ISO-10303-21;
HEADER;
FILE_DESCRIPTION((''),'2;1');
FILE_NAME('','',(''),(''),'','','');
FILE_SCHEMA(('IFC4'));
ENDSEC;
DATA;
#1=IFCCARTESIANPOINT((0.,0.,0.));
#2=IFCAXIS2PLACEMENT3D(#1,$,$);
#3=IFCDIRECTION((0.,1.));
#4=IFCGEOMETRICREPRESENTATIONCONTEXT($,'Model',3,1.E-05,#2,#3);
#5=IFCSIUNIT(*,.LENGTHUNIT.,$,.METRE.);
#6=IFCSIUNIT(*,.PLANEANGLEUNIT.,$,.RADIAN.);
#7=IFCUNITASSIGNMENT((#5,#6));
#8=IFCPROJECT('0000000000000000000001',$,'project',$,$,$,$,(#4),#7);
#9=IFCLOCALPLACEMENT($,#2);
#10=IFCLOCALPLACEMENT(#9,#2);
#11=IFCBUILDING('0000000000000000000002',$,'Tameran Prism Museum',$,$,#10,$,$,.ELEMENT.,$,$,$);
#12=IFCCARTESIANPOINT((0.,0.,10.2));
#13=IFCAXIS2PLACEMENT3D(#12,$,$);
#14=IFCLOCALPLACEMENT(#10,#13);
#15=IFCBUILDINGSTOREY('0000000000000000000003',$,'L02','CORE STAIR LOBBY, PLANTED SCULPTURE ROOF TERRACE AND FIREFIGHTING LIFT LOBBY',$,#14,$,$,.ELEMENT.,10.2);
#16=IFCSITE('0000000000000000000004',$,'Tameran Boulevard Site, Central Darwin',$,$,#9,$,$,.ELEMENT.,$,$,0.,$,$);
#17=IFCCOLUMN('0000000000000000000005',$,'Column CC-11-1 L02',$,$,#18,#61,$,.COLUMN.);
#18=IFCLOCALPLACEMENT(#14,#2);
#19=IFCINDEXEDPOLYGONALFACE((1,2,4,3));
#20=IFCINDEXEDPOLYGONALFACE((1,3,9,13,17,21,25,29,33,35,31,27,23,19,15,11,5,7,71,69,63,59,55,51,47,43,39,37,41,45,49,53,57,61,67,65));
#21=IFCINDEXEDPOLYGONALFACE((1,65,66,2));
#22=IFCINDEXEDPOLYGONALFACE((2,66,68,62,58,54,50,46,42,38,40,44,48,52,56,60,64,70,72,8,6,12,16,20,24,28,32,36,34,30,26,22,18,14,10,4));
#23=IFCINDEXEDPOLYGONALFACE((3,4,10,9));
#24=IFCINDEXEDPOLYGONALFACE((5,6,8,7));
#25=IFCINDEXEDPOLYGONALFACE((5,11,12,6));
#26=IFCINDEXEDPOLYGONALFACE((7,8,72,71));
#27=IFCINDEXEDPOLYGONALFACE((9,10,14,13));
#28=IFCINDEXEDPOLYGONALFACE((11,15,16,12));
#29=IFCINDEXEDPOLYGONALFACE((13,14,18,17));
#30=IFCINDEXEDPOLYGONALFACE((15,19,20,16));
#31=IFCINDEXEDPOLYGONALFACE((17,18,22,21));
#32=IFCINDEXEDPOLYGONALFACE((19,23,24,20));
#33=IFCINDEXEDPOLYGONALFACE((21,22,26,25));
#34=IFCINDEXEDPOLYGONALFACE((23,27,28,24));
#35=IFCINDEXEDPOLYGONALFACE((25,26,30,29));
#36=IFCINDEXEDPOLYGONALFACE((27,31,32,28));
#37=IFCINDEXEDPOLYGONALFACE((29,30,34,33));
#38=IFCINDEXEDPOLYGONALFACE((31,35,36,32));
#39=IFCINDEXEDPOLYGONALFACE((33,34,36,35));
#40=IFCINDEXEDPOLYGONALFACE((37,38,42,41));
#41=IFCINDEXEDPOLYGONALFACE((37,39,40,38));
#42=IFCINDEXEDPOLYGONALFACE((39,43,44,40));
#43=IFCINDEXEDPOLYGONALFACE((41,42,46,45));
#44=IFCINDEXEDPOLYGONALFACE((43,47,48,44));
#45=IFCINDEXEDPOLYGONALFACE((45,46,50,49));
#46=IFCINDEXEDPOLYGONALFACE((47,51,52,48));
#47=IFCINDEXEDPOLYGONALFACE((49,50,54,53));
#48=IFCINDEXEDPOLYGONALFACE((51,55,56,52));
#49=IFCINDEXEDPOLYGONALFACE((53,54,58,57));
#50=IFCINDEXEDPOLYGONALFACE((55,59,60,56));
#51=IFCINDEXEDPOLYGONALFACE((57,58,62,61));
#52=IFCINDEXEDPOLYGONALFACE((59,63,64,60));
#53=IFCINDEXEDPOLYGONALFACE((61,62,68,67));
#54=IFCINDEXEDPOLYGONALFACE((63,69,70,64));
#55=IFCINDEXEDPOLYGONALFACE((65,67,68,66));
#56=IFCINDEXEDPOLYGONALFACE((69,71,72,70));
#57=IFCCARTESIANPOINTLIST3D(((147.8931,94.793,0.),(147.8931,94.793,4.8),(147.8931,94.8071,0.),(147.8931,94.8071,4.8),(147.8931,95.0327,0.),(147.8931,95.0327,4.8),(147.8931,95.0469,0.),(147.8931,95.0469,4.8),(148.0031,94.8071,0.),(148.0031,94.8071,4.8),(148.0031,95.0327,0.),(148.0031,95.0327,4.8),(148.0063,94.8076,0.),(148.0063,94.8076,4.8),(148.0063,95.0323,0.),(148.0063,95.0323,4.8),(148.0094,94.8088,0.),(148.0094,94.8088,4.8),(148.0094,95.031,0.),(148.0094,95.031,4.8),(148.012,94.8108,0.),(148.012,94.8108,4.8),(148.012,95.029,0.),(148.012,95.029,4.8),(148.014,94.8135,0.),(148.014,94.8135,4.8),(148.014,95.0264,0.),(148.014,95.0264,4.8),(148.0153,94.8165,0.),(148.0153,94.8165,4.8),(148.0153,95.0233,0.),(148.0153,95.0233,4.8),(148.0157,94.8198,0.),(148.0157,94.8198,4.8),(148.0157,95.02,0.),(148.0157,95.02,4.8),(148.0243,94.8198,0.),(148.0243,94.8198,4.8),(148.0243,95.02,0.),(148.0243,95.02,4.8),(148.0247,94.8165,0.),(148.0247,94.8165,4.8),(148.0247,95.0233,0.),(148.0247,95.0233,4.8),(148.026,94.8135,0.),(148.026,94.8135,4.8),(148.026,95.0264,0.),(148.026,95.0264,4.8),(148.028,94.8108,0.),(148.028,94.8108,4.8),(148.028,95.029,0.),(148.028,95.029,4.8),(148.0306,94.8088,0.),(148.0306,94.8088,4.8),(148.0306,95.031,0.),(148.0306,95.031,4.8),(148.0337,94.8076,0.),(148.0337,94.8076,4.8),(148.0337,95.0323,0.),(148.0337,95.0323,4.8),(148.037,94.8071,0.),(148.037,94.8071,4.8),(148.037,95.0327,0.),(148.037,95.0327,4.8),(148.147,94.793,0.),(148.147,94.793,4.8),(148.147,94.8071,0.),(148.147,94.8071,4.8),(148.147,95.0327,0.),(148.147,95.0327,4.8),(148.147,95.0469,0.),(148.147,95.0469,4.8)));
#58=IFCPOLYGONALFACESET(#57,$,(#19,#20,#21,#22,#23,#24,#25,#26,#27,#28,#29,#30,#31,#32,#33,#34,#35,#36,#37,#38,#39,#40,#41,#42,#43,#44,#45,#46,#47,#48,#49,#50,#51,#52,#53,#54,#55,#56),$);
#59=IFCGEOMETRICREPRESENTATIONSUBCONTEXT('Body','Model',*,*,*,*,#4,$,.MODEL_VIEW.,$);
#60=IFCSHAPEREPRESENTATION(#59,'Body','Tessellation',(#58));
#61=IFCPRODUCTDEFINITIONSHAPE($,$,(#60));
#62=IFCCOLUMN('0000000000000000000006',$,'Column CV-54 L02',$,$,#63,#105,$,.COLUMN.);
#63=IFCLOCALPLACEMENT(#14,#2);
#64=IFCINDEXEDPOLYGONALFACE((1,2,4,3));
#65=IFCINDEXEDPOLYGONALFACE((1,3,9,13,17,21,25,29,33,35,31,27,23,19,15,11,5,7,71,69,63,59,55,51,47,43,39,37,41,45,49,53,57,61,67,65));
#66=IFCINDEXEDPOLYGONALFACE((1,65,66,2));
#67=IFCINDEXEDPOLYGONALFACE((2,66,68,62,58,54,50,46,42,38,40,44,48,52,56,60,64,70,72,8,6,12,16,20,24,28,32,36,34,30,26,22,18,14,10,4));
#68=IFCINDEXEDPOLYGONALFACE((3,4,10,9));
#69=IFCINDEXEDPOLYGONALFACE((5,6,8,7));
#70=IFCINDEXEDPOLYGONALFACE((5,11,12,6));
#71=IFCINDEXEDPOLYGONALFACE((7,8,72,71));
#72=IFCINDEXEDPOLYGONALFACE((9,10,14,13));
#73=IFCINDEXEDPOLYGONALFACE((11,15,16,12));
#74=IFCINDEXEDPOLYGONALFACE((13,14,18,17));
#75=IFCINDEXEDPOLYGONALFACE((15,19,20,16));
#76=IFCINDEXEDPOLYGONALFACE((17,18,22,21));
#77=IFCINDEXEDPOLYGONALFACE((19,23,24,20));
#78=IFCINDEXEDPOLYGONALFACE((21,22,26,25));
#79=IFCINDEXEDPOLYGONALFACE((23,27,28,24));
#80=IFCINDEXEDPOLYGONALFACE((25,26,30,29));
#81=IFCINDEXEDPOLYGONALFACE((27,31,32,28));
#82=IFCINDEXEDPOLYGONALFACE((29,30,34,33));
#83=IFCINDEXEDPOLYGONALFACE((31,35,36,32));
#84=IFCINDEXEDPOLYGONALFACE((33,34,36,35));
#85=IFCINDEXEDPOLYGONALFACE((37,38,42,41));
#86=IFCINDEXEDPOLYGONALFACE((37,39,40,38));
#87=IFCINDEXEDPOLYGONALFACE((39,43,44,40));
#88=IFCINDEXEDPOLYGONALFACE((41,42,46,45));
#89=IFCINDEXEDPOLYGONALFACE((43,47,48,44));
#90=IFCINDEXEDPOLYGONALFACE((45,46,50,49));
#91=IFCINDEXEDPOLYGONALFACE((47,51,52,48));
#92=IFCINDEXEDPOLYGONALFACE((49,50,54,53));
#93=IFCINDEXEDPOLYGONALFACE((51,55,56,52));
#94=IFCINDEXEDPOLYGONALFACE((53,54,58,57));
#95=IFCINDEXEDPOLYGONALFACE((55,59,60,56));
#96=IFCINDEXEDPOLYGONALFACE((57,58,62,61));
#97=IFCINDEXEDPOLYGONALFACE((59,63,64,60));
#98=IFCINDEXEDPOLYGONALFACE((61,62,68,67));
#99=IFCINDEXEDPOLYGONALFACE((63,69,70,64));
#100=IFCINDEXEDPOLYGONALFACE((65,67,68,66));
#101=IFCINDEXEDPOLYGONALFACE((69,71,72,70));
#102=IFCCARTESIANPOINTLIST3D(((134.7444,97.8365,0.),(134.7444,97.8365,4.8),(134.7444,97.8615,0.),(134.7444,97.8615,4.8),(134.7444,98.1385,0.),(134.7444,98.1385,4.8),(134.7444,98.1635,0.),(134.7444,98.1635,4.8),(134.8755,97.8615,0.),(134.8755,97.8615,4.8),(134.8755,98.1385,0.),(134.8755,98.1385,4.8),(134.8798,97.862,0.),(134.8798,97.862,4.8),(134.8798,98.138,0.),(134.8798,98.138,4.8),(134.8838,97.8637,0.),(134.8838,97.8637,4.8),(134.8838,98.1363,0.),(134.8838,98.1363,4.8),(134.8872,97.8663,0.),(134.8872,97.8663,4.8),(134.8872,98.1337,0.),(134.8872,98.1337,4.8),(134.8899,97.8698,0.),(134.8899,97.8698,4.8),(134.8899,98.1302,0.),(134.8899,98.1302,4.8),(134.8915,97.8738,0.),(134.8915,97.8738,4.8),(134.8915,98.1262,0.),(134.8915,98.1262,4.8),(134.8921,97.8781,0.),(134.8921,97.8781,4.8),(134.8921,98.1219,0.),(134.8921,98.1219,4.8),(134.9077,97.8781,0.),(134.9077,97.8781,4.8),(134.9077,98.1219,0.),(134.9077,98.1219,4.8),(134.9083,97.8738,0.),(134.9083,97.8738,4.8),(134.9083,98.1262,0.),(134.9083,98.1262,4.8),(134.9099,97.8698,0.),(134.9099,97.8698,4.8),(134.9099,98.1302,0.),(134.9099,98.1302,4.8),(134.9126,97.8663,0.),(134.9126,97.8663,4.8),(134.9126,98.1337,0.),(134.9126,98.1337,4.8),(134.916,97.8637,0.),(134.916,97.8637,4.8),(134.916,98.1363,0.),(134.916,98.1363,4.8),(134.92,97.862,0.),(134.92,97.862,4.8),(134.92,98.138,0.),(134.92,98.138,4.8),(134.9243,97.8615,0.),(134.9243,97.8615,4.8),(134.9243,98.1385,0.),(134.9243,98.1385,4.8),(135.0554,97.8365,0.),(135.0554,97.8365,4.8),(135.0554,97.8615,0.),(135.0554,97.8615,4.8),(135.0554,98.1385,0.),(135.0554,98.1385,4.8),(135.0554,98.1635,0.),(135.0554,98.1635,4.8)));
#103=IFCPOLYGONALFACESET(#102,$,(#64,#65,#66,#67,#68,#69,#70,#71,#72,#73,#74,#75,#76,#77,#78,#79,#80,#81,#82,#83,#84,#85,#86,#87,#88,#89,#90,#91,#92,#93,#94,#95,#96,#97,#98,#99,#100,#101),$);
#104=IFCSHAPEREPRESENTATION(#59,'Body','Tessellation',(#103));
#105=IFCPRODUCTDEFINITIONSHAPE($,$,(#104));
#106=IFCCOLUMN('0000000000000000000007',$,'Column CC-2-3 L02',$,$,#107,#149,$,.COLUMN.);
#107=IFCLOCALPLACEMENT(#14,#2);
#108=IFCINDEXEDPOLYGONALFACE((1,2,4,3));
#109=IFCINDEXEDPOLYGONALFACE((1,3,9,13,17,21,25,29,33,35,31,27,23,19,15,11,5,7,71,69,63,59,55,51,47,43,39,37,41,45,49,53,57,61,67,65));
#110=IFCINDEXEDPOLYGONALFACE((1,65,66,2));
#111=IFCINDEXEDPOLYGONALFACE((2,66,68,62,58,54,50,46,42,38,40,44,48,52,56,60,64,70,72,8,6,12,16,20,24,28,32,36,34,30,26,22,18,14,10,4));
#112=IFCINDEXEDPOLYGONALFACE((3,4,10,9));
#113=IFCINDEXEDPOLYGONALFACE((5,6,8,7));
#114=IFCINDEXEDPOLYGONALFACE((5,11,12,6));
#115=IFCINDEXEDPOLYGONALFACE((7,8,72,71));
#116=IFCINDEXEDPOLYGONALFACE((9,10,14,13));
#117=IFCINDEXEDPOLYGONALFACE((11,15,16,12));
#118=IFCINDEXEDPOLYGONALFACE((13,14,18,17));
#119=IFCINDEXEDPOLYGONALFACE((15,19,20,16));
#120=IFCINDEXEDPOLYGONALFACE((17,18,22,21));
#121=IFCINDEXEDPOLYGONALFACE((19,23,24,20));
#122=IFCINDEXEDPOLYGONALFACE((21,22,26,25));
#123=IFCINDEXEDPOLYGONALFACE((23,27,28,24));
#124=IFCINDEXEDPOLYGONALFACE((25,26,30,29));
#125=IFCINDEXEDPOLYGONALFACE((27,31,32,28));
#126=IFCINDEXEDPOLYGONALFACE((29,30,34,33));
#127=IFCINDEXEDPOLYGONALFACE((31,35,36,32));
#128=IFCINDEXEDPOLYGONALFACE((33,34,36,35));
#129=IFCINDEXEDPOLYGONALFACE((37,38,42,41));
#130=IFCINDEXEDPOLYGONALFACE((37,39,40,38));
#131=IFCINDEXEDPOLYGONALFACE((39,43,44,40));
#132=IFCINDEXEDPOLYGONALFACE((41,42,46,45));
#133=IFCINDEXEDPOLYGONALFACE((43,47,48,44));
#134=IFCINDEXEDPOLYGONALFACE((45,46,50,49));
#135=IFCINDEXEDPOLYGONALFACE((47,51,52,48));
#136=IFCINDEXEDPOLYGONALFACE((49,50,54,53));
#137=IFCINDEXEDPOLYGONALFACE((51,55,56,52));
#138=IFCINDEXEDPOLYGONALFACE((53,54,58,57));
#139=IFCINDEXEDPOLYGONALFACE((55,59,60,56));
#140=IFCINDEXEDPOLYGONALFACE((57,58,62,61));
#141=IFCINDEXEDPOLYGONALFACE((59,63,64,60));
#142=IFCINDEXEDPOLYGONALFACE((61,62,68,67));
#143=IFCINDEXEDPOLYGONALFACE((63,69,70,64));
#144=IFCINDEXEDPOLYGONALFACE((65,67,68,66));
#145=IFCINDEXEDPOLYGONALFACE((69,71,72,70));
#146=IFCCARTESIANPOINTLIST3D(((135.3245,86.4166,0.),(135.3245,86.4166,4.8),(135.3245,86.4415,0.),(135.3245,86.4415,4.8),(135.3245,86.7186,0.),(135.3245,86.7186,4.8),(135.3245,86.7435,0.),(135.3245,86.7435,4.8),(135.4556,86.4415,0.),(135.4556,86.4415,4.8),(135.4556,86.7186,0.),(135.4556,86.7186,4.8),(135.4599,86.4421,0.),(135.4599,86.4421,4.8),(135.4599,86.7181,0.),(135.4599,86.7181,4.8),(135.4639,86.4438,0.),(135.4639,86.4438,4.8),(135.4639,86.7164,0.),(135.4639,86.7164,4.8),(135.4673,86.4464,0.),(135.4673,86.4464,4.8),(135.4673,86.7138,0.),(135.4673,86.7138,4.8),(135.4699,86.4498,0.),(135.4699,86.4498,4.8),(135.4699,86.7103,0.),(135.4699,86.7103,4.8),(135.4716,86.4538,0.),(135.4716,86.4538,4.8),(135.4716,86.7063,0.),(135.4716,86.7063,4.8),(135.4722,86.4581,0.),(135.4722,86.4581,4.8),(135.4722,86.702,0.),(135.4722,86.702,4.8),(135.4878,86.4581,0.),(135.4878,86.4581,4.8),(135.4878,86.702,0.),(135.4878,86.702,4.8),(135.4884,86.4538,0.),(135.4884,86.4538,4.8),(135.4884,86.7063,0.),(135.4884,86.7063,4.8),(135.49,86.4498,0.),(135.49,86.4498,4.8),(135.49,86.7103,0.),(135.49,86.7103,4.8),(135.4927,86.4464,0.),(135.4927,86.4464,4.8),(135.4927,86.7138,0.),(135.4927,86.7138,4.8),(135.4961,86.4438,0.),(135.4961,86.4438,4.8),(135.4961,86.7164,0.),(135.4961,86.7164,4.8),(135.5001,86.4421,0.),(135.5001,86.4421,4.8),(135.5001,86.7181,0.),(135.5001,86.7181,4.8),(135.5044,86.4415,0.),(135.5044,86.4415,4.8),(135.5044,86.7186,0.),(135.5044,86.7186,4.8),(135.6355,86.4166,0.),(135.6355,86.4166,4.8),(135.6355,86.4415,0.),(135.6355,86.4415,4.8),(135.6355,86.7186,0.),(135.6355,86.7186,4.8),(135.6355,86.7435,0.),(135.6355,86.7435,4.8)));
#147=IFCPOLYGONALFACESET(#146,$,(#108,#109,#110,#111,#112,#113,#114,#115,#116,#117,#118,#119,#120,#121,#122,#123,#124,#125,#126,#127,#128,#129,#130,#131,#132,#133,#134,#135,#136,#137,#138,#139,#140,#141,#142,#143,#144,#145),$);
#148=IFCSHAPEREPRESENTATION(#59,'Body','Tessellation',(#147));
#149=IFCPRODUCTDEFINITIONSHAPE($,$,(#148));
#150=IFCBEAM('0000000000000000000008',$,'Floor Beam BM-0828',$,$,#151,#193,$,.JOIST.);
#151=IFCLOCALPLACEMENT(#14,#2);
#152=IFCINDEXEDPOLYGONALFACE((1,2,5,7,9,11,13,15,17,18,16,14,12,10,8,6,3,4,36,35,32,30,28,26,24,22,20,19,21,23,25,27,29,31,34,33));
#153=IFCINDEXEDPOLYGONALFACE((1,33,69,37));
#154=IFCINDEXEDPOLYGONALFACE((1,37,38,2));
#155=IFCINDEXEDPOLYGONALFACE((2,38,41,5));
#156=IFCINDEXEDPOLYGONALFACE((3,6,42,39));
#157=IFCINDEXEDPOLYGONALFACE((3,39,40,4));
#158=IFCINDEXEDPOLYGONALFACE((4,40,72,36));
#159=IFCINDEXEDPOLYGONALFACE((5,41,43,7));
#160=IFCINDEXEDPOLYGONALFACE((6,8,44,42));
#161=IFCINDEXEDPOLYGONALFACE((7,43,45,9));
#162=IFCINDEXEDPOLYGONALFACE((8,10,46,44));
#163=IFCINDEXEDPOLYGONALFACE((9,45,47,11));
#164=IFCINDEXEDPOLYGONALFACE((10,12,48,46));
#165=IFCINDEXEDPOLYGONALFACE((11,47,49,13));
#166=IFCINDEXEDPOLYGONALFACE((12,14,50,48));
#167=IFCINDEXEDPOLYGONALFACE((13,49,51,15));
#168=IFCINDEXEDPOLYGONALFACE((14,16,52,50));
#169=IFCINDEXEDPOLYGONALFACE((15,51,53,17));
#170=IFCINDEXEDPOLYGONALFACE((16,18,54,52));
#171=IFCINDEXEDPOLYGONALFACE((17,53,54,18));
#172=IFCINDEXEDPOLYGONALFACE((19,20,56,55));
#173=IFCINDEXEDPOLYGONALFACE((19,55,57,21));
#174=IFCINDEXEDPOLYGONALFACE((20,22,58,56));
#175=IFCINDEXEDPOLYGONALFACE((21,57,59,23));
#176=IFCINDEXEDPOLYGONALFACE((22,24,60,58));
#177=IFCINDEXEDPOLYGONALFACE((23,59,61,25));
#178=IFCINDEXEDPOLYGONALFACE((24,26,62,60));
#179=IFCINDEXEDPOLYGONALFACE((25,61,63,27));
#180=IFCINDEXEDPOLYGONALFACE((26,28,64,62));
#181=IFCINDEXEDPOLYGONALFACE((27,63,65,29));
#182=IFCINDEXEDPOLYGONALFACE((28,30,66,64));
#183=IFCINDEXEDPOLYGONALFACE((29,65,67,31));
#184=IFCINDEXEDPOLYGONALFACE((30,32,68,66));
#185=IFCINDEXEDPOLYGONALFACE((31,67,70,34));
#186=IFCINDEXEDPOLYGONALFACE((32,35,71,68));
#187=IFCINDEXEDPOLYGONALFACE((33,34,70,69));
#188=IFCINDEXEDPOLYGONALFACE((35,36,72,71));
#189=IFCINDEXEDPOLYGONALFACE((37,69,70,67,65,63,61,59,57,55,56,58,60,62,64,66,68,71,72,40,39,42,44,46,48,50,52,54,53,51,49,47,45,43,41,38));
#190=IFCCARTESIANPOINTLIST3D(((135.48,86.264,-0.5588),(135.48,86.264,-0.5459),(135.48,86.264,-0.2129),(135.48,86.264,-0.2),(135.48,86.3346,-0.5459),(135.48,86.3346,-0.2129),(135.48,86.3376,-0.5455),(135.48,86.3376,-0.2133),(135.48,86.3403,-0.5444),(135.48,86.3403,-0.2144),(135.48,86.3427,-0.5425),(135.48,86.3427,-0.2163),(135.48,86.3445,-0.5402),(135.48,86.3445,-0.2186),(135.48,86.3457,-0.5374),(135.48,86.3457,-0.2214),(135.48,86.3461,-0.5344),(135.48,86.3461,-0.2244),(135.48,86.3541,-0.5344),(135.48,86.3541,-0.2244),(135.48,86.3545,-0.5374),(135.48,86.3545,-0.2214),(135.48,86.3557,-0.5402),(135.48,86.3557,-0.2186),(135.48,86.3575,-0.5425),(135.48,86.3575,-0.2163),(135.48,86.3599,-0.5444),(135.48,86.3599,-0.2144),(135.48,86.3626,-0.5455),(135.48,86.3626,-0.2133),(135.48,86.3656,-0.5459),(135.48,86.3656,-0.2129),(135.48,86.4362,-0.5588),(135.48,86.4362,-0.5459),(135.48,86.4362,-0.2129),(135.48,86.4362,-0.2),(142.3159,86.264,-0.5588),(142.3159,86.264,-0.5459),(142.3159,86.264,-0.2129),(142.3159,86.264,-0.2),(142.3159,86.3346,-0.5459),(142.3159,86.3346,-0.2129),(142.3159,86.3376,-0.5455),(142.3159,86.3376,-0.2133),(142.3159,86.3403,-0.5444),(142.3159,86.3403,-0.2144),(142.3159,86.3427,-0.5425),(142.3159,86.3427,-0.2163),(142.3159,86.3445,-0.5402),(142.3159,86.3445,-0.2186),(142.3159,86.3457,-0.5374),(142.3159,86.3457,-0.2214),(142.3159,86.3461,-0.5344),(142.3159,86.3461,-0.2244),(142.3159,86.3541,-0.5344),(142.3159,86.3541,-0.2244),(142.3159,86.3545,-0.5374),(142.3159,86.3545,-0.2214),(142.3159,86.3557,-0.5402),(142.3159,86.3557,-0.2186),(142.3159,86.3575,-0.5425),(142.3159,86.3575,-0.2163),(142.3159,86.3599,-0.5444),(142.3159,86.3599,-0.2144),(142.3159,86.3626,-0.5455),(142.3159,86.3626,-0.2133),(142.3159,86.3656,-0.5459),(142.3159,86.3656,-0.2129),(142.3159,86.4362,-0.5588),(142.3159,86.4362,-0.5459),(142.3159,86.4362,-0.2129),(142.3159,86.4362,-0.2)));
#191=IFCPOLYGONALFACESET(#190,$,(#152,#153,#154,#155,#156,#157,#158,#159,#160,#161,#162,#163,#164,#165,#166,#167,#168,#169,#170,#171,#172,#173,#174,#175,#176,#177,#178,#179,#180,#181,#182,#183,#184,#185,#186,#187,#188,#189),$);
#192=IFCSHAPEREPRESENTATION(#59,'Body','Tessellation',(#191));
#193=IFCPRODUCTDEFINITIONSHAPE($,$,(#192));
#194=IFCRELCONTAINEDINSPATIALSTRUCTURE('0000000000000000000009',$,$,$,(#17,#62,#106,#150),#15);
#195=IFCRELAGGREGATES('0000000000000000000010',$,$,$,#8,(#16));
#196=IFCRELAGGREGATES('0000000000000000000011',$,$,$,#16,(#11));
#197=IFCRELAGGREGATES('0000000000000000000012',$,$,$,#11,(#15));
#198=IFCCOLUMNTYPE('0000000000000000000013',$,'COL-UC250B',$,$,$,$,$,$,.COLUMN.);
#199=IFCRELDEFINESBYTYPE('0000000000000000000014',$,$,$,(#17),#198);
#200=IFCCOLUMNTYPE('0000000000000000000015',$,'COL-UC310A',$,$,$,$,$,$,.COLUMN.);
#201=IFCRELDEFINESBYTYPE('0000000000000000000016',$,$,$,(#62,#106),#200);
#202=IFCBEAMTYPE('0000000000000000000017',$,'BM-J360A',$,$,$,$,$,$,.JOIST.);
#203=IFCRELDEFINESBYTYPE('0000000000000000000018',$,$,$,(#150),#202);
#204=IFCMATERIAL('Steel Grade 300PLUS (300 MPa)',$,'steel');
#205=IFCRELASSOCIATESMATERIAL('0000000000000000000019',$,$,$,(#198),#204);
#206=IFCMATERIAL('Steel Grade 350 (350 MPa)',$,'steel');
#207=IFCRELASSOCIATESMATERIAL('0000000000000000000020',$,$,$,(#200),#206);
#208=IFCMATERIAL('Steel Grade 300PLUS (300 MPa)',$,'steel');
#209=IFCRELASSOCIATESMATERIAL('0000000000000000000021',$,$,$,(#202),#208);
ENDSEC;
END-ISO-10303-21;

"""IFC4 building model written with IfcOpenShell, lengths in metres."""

from ifc_helpers import new_model, si_unit, direction, frame, origin, origin_2d, place, context, subcontext, project, spatial, i_section, extrude, material, material_profile, profile_set, type_object, element, save


model = new_model("IFC4")

# Units and contexts
model_context = context("Model", 3, precision=1e-05, world=origin(), true_north=direction((0.0, 1.0)))
body_context = subcontext(model_context, "Body", "Model", "MODEL_VIEW")
ifc_project = project(units=[si_unit("LENGTHUNIT", "METRE"), si_unit("PLANEANGLEUNIT", "RADIAN")], contexts=[model_context])

# Site, building, storey
site_placement = place(None, origin())
site = spatial("IfcSite", under=ifc_project, at=site_placement, Name="Tameran Boulevard Site, Central Darwin", CompositionType="ELEMENT", RefElevation=0.0)
building_placement = place(site_placement, origin())
building = spatial("IfcBuilding", under=site, at=building_placement, Name="Tameran Prism Museum", CompositionType="ELEMENT")
storey_placement = place(building_placement, frame((0.0, 0.0, 10.2)))
storey = spatial("IfcBuildingStorey", under=building, at=storey_placement, Name="L02", Description="CORE STAIR LOBBY, PLANTED SCULPTURE ROOF TERRACE AND FIREFIGHTING LIFT LOBBY", CompositionType="ELEMENT", Elevation=10.2)

# Columns
ifc_material_1 = material(Name="Steel Grade 300PLUS (300 MPa)", Category="steel")
ifc_material_profile_1 = material_profile(ifc_material_1, i_section(OverallWidth=0.2539, OverallDepth=0.2539, WebThickness=0.0085, FlangeThickness=0.0142, FilletRadius=0.0127, at=origin_2d()))
ifc_profile_set_1 = profile_set([ifc_material_profile_1])
column_type_1 = type_object("IfcColumnType", Name="COL-UC250B", PredefinedType="COLUMN", material=ifc_profile_set_1)
column_placement = place(storey_placement, frame((148.02, 94.9199, 0.0), z_axis=(0.0, 0.0, 1.0), x_axis=(1.0, 0.0, 0.0)))
element("IfcColumn", 1, at=column_placement, inside=storey, type_object=column_type_1, Name="Column CC-11-1 L02", PredefinedType="COLUMN", context=body_context, shape_type="SweptSolid", body=[
    extrude(i_section(OverallWidth=0.2539, OverallDepth=0.2539, WebThickness=0.0085, FlangeThickness=0.0142, FilletRadius=0.0127, at=origin_2d()), origin(), (0.0, 0.0, 1.0), 4.8),
])
ifc_material_2 = material(Name="Steel Grade 350 (350 MPa)", Category="steel")
ifc_material_profile_2 = material_profile(ifc_material_2, i_section(OverallWidth=0.311, OverallDepth=0.3269, WebThickness=0.0156, FlangeThickness=0.0249, FilletRadius=0.0166, at=origin_2d()))
ifc_profile_set_2 = profile_set([ifc_material_profile_2])
column_type_2 = type_object("IfcColumnType", Name="COL-UC310A", PredefinedType="COLUMN", material=ifc_profile_set_2)
for number, where, z_axis, x_axis, name in (
    (2, (134.8999, 98.0, 0.0), (0.0, 0.0, 1.0), (1.0, 0.0, 0.0), "Column CV-54 L02"),
    (3, (135.48, 86.5801, 0.0), (0.0, 0.0, 1.0), (1.0, 0.0, 0.0), "Column CC-2-3 L02"),
):
    element("IfcColumn", number, at=place(storey_placement, frame(where, z_axis=z_axis, x_axis=x_axis)), inside=storey, type_object=column_type_2, Name=name, PredefinedType="COLUMN", context=body_context, shape_type="SweptSolid", body=[
        extrude(i_section(OverallWidth=0.311, OverallDepth=0.3269, WebThickness=0.0156, FlangeThickness=0.0249, FilletRadius=0.0166, at=origin_2d()), origin(), (0.0, 0.0, 1.0), 4.8),
    ])

# Beam
ifc_material_3 = material(Name="Steel Grade 300PLUS (300 MPa)", Category="steel")
ifc_material_profile_3 = material_profile(ifc_material_3, i_section(OverallWidth=0.1721, OverallDepth=0.3589, WebThickness=0.0081, FlangeThickness=0.0129, FilletRadius=0.0115, at=origin_2d()))
ifc_profile_set_3 = profile_set([ifc_material_profile_3])
beam_type_1 = type_object("IfcBeamType", Name="BM-J360A", PredefinedType="JOIST", material=ifc_profile_set_3)
beam_1_placement = place(storey_placement, frame((135.48, 86.3501, -0.3794), z_axis=(1.0, 0.0, 0.0), x_axis=(0.0, 1.0, 0.0)))
element("IfcBeam", 4, at=beam_1_placement, inside=storey, type_object=beam_type_1, Name="Floor Beam BM-0828", PredefinedType="JOIST", context=body_context, shape_type="SweptSolid", body=[
    extrude(i_section(OverallWidth=0.1721, OverallDepth=0.3589, WebThickness=0.0081, FlangeThickness=0.0129, FilletRadius=0.0115, at=origin_2d()), origin(), (0.0, 0.0, 1.0), 6.8359),
])

save(model, "model.ifc")
